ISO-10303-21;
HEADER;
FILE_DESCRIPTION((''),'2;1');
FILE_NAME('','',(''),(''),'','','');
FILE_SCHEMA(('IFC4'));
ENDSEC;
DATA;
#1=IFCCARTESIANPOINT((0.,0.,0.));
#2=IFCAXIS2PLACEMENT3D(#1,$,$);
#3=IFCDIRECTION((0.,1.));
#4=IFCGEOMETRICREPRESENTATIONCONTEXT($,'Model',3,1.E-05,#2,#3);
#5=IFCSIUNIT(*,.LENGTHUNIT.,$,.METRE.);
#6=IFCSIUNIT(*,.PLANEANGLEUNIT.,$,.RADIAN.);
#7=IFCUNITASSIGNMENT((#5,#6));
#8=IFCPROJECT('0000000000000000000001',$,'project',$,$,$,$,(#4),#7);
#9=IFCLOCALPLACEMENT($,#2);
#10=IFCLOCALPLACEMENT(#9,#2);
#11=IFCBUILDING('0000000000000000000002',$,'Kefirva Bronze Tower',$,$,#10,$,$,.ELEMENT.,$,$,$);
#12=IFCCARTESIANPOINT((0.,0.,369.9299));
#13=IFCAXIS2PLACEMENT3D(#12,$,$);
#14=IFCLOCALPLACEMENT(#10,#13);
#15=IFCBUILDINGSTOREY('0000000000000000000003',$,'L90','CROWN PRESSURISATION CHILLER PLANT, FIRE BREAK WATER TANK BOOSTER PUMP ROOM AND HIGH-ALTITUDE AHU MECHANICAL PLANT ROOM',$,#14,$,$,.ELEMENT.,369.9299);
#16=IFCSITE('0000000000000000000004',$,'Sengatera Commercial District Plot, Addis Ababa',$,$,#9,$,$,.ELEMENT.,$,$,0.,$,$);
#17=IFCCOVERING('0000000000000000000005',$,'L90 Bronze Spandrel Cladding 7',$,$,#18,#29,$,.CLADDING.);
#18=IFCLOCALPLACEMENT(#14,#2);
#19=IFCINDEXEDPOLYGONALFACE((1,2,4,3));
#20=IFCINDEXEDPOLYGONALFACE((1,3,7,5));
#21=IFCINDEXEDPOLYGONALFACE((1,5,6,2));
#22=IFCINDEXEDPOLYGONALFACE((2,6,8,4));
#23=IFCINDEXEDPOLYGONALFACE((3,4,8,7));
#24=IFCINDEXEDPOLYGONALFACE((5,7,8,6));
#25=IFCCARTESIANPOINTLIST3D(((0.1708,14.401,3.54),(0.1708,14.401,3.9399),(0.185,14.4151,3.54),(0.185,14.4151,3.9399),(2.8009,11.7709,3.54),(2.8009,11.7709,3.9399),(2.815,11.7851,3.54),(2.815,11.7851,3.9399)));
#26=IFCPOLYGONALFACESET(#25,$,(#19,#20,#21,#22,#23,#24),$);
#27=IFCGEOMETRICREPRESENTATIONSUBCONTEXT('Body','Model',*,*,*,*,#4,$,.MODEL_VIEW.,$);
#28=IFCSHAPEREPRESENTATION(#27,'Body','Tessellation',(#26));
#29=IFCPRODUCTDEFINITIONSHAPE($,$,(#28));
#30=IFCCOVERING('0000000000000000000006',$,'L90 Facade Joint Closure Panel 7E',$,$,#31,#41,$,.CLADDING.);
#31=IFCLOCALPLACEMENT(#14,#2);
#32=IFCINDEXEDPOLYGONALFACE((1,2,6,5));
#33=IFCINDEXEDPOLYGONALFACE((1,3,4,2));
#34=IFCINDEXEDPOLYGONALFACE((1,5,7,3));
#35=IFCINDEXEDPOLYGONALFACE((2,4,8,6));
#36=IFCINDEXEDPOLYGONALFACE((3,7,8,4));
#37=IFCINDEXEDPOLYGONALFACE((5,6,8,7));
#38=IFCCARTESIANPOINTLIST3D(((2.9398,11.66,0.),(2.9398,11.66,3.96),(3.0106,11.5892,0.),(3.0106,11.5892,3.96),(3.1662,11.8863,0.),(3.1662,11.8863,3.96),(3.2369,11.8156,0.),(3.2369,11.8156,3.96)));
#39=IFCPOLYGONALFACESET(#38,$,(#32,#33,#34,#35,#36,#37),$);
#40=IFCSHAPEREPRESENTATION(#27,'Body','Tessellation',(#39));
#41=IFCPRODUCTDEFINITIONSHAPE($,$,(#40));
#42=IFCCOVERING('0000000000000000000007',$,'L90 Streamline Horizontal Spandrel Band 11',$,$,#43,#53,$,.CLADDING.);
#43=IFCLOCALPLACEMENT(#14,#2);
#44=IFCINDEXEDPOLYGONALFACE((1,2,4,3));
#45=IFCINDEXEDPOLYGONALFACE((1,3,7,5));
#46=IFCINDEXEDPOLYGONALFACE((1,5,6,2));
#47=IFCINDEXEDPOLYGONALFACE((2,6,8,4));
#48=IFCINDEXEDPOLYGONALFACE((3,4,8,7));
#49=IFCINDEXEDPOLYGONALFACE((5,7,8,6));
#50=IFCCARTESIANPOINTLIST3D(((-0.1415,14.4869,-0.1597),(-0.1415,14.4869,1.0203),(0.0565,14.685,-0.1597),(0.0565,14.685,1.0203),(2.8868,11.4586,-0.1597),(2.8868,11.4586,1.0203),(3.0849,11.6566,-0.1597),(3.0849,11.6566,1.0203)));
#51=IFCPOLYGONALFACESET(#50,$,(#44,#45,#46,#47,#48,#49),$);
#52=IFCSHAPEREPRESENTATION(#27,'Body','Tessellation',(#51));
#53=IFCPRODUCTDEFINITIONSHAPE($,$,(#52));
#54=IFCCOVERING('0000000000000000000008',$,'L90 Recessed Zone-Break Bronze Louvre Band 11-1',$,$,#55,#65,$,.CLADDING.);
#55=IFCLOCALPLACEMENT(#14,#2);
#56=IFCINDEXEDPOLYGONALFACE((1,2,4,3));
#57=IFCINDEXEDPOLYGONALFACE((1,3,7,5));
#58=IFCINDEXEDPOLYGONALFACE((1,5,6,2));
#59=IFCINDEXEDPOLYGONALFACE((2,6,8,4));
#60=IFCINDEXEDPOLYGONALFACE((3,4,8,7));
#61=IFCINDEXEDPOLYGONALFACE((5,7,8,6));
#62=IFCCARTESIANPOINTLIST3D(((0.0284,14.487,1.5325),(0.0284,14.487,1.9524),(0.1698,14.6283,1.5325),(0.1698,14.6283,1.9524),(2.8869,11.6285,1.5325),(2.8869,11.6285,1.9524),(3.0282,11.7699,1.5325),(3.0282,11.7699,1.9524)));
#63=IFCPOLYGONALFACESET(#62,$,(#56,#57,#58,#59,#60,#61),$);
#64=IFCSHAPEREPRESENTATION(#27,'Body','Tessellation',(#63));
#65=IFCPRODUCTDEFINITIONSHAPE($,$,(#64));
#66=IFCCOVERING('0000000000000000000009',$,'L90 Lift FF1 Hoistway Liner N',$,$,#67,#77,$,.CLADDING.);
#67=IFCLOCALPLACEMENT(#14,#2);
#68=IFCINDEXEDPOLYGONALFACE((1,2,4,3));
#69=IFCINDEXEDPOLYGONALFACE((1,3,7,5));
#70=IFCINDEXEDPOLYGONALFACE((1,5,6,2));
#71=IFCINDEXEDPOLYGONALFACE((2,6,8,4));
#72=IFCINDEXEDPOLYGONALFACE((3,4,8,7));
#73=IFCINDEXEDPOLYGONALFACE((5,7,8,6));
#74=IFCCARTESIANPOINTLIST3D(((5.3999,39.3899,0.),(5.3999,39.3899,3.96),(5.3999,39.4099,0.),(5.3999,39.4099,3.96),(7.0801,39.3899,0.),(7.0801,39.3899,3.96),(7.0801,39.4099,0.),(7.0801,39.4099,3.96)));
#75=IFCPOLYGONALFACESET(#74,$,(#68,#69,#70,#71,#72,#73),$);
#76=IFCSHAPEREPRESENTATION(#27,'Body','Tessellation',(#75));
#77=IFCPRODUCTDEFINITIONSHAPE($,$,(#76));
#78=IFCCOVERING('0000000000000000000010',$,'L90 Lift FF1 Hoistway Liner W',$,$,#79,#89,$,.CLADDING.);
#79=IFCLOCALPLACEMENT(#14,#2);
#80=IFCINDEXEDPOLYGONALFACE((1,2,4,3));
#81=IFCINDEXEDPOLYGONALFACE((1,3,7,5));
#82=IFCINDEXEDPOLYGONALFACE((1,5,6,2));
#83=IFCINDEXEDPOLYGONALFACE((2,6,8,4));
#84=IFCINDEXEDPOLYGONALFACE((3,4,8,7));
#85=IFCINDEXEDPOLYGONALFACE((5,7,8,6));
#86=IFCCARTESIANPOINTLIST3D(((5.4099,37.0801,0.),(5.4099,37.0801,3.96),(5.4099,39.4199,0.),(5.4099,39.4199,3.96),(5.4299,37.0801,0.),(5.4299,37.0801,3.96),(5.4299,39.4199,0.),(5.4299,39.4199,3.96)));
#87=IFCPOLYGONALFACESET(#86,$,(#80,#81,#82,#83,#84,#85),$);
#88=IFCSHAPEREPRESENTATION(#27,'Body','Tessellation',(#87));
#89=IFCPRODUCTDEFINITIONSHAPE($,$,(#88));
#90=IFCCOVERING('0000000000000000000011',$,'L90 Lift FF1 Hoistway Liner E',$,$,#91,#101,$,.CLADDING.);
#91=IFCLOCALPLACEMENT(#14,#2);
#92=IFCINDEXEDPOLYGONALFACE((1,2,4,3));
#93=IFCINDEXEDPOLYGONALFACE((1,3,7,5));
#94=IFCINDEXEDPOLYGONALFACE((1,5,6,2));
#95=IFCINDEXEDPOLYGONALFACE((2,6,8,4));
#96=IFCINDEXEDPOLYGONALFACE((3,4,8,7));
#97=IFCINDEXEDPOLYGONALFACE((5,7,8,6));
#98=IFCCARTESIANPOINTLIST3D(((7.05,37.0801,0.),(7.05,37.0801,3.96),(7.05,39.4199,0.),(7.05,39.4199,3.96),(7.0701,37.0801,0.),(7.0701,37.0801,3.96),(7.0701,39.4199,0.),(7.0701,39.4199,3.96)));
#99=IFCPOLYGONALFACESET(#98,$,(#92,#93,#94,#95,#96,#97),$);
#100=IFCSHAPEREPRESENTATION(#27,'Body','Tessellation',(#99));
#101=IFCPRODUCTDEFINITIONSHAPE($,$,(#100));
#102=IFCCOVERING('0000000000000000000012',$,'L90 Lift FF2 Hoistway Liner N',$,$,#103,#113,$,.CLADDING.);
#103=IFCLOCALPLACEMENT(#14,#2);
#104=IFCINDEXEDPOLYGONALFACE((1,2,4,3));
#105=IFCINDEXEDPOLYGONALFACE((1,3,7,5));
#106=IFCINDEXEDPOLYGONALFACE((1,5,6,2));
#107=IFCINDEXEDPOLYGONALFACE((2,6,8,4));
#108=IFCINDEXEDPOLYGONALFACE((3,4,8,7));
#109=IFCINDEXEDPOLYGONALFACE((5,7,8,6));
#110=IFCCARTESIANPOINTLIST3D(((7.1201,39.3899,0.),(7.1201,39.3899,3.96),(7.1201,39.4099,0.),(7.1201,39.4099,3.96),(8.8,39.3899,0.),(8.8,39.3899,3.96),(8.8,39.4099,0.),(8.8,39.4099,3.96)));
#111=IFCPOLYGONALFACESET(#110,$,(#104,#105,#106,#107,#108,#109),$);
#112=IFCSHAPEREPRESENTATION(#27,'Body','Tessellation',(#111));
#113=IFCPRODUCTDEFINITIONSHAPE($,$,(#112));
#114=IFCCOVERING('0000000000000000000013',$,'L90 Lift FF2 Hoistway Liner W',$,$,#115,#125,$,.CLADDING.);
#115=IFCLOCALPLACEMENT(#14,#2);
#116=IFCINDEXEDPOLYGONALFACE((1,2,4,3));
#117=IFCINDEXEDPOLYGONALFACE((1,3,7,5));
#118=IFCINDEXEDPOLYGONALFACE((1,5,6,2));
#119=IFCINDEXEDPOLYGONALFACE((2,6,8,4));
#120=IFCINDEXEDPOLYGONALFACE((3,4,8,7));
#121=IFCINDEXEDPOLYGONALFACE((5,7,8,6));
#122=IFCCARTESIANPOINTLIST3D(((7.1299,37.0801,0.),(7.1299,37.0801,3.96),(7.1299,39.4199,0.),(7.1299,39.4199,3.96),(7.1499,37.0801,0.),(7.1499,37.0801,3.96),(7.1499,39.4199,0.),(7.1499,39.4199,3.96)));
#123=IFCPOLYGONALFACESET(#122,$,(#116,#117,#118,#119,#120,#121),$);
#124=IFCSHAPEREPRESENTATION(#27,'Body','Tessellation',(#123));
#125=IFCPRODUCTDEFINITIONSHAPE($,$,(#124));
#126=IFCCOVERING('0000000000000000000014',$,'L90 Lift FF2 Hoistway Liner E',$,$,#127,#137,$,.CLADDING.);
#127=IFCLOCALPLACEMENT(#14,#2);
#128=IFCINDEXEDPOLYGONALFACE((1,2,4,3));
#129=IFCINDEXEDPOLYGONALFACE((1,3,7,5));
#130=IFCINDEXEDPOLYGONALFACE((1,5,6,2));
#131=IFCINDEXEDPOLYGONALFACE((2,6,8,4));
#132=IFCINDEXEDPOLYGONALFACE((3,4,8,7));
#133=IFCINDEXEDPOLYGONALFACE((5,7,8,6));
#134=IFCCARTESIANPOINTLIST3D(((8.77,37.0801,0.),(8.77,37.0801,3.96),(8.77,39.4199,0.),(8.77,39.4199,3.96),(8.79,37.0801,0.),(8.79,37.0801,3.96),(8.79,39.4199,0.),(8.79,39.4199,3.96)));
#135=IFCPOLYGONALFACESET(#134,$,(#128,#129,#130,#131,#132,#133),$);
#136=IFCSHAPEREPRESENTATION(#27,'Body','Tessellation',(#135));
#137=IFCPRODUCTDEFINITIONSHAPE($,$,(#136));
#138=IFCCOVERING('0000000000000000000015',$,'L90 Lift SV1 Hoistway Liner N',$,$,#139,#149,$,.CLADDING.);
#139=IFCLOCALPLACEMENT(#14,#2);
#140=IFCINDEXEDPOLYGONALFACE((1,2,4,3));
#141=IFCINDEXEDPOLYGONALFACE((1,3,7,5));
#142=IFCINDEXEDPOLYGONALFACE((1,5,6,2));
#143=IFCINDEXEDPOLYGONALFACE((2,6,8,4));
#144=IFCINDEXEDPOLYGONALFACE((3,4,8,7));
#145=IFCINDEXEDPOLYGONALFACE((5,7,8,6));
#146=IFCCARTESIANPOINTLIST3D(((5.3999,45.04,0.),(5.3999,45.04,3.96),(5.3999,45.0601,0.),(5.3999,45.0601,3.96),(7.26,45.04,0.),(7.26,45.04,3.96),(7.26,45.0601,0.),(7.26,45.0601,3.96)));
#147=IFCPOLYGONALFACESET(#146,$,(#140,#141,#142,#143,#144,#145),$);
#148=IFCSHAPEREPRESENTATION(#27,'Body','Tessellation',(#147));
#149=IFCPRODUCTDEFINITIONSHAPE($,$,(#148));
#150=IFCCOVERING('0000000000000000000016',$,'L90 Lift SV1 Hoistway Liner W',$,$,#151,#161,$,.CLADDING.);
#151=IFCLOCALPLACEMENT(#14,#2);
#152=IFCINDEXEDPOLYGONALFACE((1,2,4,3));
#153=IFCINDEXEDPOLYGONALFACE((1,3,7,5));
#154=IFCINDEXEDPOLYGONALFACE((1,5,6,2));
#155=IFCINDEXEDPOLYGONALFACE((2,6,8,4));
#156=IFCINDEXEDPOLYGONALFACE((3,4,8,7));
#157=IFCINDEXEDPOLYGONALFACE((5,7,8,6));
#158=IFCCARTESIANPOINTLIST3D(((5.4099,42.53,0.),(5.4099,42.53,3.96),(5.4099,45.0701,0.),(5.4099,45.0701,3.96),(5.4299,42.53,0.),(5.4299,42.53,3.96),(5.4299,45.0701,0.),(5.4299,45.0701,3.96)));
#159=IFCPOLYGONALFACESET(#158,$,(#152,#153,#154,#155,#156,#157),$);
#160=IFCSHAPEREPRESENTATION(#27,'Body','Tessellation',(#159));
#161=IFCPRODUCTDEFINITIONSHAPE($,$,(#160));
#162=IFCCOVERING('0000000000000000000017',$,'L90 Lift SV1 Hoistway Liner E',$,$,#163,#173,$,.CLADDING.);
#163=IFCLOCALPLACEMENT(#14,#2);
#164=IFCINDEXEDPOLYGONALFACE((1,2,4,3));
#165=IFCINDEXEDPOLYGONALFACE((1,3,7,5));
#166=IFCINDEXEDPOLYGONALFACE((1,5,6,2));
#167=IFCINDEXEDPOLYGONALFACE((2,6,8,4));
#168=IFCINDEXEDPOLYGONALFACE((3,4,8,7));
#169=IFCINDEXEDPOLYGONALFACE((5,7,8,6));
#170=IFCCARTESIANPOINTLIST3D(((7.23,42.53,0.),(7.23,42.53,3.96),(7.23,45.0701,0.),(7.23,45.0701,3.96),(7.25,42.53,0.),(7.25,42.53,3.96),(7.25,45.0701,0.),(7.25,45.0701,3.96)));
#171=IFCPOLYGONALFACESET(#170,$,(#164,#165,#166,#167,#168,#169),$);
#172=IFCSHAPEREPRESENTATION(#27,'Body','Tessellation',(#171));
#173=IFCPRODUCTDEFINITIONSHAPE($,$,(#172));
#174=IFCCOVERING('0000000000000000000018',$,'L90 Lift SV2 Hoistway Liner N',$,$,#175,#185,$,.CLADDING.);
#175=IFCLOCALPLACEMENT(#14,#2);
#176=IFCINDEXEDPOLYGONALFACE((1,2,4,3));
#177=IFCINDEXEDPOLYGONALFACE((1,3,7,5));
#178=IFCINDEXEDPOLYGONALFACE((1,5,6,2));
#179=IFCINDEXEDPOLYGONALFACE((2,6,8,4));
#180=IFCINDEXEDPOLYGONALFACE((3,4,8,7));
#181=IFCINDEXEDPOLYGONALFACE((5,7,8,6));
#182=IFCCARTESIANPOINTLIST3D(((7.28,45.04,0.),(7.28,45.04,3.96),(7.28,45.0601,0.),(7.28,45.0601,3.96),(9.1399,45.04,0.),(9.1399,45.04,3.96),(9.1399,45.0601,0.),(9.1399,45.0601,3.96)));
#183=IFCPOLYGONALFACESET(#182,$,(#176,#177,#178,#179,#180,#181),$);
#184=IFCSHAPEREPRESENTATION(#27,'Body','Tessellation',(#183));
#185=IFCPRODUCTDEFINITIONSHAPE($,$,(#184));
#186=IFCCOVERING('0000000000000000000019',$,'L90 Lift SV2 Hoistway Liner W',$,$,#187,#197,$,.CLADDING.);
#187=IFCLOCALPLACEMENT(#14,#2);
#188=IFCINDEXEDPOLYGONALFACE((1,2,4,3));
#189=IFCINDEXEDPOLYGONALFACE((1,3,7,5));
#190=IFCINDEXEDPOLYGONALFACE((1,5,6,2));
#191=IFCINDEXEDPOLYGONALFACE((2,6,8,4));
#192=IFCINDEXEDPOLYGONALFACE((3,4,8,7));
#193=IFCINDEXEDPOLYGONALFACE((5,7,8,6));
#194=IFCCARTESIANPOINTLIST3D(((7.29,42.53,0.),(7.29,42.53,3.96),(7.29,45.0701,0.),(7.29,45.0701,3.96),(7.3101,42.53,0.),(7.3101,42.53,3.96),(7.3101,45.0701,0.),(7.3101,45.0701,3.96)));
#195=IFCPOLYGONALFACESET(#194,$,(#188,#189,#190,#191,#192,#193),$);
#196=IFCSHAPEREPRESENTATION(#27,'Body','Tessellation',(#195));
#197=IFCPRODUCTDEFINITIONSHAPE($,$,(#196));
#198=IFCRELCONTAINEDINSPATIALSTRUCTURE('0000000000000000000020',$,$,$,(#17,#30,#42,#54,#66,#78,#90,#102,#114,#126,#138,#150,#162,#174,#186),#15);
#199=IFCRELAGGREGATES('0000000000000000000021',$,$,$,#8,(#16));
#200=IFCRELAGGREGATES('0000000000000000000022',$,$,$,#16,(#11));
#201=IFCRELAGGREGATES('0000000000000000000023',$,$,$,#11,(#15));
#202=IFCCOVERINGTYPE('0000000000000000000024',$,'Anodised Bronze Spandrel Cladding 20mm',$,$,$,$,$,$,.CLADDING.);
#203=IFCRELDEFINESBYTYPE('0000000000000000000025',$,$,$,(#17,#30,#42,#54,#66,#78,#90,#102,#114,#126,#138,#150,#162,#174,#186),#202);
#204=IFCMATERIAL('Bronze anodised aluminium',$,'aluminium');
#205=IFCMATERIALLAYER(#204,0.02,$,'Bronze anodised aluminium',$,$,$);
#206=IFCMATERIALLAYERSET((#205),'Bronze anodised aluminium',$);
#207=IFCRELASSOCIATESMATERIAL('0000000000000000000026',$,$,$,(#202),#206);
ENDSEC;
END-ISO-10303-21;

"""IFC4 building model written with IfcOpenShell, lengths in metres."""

from ifc_helpers import new_model, si_unit, direction, frame, origin, origin_2d, place, context, subcontext, project, spatial, polyline, rectangle, outline, extrude, material, layer, layer_set, type_object, element, save


model = new_model("IFC4")

# Units and contexts
model_context = context("Model", 3, precision=1e-05, world=origin(), true_north=direction((0.0, 1.0)))
body_context = subcontext(model_context, "Body", "Model", "MODEL_VIEW")
ifc_project = project(units=[si_unit("LENGTHUNIT", "METRE"), si_unit("PLANEANGLEUNIT", "RADIAN")], contexts=[model_context])

# Site, building, storey
site_placement = place(None, origin())
site = spatial("IfcSite", under=ifc_project, at=site_placement, Name="Sengatera Commercial District Plot, Addis Ababa", CompositionType="ELEMENT", RefElevation=0.0)
building_placement = place(site_placement, origin())
building = spatial("IfcBuilding", under=site, at=building_placement, Name="Kefirva Bronze Tower", CompositionType="ELEMENT")
storey_placement = place(building_placement, frame((0.0, 0.0, 369.9299)))
storey = spatial("IfcBuildingStorey", under=building, at=storey_placement, Name="L90", Description="CROWN PRESSURISATION CHILLER PLANT, FIRE BREAK WATER TANK BOOSTER PUMP ROOM AND HIGH-ALTITUDE AHU MECHANICAL PLANT ROOM", CompositionType="ELEMENT", Elevation=369.9299)

# Shared definitions
ifc_material_1 = material(Name="Bronze anodised aluminium", Category="aluminium")

# Coverings
ifc_layer_1 = layer(ifc_material_1, 0.02, Name="Bronze anodised aluminium")
ifc_layer_set_1 = layer_set([ifc_layer_1], Name="Bronze anodised aluminium")
covering_type_1 = type_object("IfcCoveringType", Name="Anodised Bronze Spandrel Cladding 20mm", PredefinedType="CLADDING", material=ifc_layer_set_1)
covering_1_placement = place(storey_placement, frame((1.4929, 13.093, 3.54), z_axis=(0.0, 0.0, 1.0), x_axis=(0.707107, -0.707107, 0.0)))
element("IfcCovering", 1, at=covering_1_placement, inside=storey, type_object=covering_type_1, Name="L90 Bronze Spandrel Cladding 7", PredefinedType="CLADDING", context=body_context, shape_type="SweptSolid", body=[
    extrude(rectangle(XDim=3.7195, YDim=0.02, at=origin_2d()), origin(), (0.0, 0.0, 1.0), 0.3999),
])
covering_2_placement = place(storey_placement, frame((3.0884, 11.7378, 0.0), z_axis=(0.0, 0.0, 1.0), x_axis=(0.707107, -0.707107, 0.0)))
element("IfcCovering", 2, at=covering_2_placement, inside=storey, type_object=covering_type_1, Name="L90 Facade Joint Closure Panel 7E", PredefinedType="CLADDING", context=body_context, shape_type="SweptSolid", body=[
    extrude(rectangle(XDim=0.1001, YDim=0.3201, at=origin_2d()), origin(), (0.0, 0.0, 1.0), 3.96),
])
covering_3_placement = place(storey_placement, frame((1.4717, 13.0718, -0.1597), z_axis=(0.0, 0.0, 1.0), x_axis=(0.707107, -0.707107, 0.0)))
element("IfcCovering", 3, at=covering_3_placement, inside=storey, type_object=covering_type_1, Name="L90 Streamline Horizontal Spandrel Band 11", PredefinedType="CLADDING", context=body_context, shape_type="SweptSolid", body=[
    extrude(rectangle(XDim=4.2827, YDim=0.28, at=origin_2d()), origin(), (0.0, 0.0, 1.0), 1.1799),
])
covering_4_placement = place(storey_placement, frame((1.5283, 13.1284, 1.5325), z_axis=(0.0, 0.0, 1.0), x_axis=(0.707107, -0.707107, 0.0)))
element("IfcCovering", 4, at=covering_4_placement, inside=storey, type_object=covering_type_1, Name="L90 Recessed Zone-Break Bronze Louvre Band 11-1", PredefinedType="CLADDING", context=body_context, shape_type="SweptSolid", body=[
    extrude(rectangle(XDim=4.0425, YDim=0.2, at=origin_2d()), origin(), (0.0, 0.0, 1.0), 0.4199),
])
covering_5_placement = place(storey_placement, origin())
element("IfcCovering", 5, at=covering_5_placement, inside=storey, type_object=covering_type_1, Name="L90 Lift FF1 Hoistway Liner N", PredefinedType="CLADDING", context=body_context, shape_type="SweptSolid", body=[
    extrude(outline(polyline([(5.3999, 39.3899), (7.0801, 39.3899), (7.0801, 39.4099), (5.3999, 39.4099), (5.3999, 39.3899)])), origin(), (0.0, 0.0, 1.0), 3.96),
])
covering_6_placement = place(storey_placement, origin())
element("IfcCovering", 6, at=covering_6_placement, inside=storey, type_object=covering_type_1, Name="L90 Lift FF1 Hoistway Liner W", PredefinedType="CLADDING", context=body_context, shape_type="SweptSolid", body=[
    extrude(outline(polyline([(5.4099, 37.0801), (5.4299, 37.0801), (5.4299, 39.4199), (5.4099, 39.4199), (5.4099, 37.0801)])), origin(), (0.0, 0.0, 1.0), 3.96),
])
covering_7_placement = place(storey_placement, origin())
element("IfcCovering", 7, at=covering_7_placement, inside=storey, type_object=covering_type_1, Name="L90 Lift FF1 Hoistway Liner E", PredefinedType="CLADDING", context=body_context, shape_type="SweptSolid", body=[
    extrude(outline(polyline([(7.05, 37.0801), (7.0701, 37.0801), (7.0701, 39.4199), (7.05, 39.4199), (7.05, 37.0801)])), origin(), (0.0, 0.0, 1.0), 3.96),
])
covering_8_placement = place(storey_placement, origin())
element("IfcCovering", 8, at=covering_8_placement, inside=storey, type_object=covering_type_1, Name="L90 Lift FF2 Hoistway Liner N", PredefinedType="CLADDING", context=body_context, shape_type="SweptSolid", body=[
    extrude(outline(polyline([(7.1201, 39.3899), (8.8, 39.3899), (8.8, 39.4099), (7.1201, 39.4099), (7.1201, 39.3899)])), origin(), (0.0, 0.0, 1.0), 3.96),
])
covering_9_placement = place(storey_placement, origin())
element("IfcCovering", 9, at=covering_9_placement, inside=storey, type_object=covering_type_1, Name="L90 Lift FF2 Hoistway Liner W", PredefinedType="CLADDING", context=body_context, shape_type="SweptSolid", body=[
    extrude(outline(polyline([(7.1299, 37.0801), (7.1499, 37.0801), (7.1499, 39.4199), (7.1299, 39.4199), (7.1299, 37.0801)])), origin(), (0.0, 0.0, 1.0), 3.96),
])
covering_10_placement = place(storey_placement, origin())
element("IfcCovering", 10, at=covering_10_placement, inside=storey, type_object=covering_type_1, Name="L90 Lift FF2 Hoistway Liner E", PredefinedType="CLADDING", context=body_context, shape_type="SweptSolid", body=[
    extrude(outline(polyline([(8.77, 37.0801), (8.79, 37.0801), (8.79, 39.4199), (8.77, 39.4199), (8.77, 37.0801)])), origin(), (0.0, 0.0, 1.0), 3.96),
])
covering_11_placement = place(storey_placement, origin())
element("IfcCovering", 11, at=covering_11_placement, inside=storey, type_object=covering_type_1, Name="L90 Lift SV1 Hoistway Liner N", PredefinedType="CLADDING", context=body_context, shape_type="SweptSolid", body=[
    extrude(outline(polyline([(5.3999, 45.04), (7.26, 45.04), (7.26, 45.0601), (5.3999, 45.0601), (5.3999, 45.04)])), origin(), (0.0, 0.0, 1.0), 3.96),
])
covering_12_placement = place(storey_placement, origin())
element("IfcCovering", 12, at=covering_12_placement, inside=storey, type_object=covering_type_1, Name="L90 Lift SV1 Hoistway Liner W", PredefinedType="CLADDING", context=body_context, shape_type="SweptSolid", body=[
    extrude(outline(polyline([(5.4099, 42.53), (5.4299, 42.53), (5.4299, 45.0701), (5.4099, 45.0701), (5.4099, 42.53)])), origin(), (0.0, 0.0, 1.0), 3.96),
])
covering_13_placement = place(storey_placement, origin())
element("IfcCovering", 13, at=covering_13_placement, inside=storey, type_object=covering_type_1, Name="L90 Lift SV1 Hoistway Liner E", PredefinedType="CLADDING", context=body_context, shape_type="SweptSolid", body=[
    extrude(outline(polyline([(7.23, 42.53), (7.25, 42.53), (7.25, 45.0701), (7.23, 45.0701), (7.23, 42.53)])), origin(), (0.0, 0.0, 1.0), 3.96),
])
covering_14_placement = place(storey_placement, origin())
element("IfcCovering", 14, at=covering_14_placement, inside=storey, type_object=covering_type_1, Name="L90 Lift SV2 Hoistway Liner N", PredefinedType="CLADDING", context=body_context, shape_type="SweptSolid", body=[
    extrude(outline(polyline([(7.28, 45.04), (9.1399, 45.04), (9.1399, 45.0601), (7.28, 45.0601), (7.28, 45.04)])), origin(), (0.0, 0.0, 1.0), 3.96),
])
covering_15_placement = place(storey_placement, origin())
element("IfcCovering", 15, at=covering_15_placement, inside=storey, type_object=covering_type_1, Name="L90 Lift SV2 Hoistway Liner W", PredefinedType="CLADDING", context=body_context, shape_type="SweptSolid", body=[
    extrude(outline(polyline([(7.29, 42.53), (7.3101, 42.53), (7.3101, 45.0701), (7.29, 45.0701), (7.29, 42.53)])), origin(), (0.0, 0.0, 1.0), 3.96),
])

save(model, "model.ifc")
